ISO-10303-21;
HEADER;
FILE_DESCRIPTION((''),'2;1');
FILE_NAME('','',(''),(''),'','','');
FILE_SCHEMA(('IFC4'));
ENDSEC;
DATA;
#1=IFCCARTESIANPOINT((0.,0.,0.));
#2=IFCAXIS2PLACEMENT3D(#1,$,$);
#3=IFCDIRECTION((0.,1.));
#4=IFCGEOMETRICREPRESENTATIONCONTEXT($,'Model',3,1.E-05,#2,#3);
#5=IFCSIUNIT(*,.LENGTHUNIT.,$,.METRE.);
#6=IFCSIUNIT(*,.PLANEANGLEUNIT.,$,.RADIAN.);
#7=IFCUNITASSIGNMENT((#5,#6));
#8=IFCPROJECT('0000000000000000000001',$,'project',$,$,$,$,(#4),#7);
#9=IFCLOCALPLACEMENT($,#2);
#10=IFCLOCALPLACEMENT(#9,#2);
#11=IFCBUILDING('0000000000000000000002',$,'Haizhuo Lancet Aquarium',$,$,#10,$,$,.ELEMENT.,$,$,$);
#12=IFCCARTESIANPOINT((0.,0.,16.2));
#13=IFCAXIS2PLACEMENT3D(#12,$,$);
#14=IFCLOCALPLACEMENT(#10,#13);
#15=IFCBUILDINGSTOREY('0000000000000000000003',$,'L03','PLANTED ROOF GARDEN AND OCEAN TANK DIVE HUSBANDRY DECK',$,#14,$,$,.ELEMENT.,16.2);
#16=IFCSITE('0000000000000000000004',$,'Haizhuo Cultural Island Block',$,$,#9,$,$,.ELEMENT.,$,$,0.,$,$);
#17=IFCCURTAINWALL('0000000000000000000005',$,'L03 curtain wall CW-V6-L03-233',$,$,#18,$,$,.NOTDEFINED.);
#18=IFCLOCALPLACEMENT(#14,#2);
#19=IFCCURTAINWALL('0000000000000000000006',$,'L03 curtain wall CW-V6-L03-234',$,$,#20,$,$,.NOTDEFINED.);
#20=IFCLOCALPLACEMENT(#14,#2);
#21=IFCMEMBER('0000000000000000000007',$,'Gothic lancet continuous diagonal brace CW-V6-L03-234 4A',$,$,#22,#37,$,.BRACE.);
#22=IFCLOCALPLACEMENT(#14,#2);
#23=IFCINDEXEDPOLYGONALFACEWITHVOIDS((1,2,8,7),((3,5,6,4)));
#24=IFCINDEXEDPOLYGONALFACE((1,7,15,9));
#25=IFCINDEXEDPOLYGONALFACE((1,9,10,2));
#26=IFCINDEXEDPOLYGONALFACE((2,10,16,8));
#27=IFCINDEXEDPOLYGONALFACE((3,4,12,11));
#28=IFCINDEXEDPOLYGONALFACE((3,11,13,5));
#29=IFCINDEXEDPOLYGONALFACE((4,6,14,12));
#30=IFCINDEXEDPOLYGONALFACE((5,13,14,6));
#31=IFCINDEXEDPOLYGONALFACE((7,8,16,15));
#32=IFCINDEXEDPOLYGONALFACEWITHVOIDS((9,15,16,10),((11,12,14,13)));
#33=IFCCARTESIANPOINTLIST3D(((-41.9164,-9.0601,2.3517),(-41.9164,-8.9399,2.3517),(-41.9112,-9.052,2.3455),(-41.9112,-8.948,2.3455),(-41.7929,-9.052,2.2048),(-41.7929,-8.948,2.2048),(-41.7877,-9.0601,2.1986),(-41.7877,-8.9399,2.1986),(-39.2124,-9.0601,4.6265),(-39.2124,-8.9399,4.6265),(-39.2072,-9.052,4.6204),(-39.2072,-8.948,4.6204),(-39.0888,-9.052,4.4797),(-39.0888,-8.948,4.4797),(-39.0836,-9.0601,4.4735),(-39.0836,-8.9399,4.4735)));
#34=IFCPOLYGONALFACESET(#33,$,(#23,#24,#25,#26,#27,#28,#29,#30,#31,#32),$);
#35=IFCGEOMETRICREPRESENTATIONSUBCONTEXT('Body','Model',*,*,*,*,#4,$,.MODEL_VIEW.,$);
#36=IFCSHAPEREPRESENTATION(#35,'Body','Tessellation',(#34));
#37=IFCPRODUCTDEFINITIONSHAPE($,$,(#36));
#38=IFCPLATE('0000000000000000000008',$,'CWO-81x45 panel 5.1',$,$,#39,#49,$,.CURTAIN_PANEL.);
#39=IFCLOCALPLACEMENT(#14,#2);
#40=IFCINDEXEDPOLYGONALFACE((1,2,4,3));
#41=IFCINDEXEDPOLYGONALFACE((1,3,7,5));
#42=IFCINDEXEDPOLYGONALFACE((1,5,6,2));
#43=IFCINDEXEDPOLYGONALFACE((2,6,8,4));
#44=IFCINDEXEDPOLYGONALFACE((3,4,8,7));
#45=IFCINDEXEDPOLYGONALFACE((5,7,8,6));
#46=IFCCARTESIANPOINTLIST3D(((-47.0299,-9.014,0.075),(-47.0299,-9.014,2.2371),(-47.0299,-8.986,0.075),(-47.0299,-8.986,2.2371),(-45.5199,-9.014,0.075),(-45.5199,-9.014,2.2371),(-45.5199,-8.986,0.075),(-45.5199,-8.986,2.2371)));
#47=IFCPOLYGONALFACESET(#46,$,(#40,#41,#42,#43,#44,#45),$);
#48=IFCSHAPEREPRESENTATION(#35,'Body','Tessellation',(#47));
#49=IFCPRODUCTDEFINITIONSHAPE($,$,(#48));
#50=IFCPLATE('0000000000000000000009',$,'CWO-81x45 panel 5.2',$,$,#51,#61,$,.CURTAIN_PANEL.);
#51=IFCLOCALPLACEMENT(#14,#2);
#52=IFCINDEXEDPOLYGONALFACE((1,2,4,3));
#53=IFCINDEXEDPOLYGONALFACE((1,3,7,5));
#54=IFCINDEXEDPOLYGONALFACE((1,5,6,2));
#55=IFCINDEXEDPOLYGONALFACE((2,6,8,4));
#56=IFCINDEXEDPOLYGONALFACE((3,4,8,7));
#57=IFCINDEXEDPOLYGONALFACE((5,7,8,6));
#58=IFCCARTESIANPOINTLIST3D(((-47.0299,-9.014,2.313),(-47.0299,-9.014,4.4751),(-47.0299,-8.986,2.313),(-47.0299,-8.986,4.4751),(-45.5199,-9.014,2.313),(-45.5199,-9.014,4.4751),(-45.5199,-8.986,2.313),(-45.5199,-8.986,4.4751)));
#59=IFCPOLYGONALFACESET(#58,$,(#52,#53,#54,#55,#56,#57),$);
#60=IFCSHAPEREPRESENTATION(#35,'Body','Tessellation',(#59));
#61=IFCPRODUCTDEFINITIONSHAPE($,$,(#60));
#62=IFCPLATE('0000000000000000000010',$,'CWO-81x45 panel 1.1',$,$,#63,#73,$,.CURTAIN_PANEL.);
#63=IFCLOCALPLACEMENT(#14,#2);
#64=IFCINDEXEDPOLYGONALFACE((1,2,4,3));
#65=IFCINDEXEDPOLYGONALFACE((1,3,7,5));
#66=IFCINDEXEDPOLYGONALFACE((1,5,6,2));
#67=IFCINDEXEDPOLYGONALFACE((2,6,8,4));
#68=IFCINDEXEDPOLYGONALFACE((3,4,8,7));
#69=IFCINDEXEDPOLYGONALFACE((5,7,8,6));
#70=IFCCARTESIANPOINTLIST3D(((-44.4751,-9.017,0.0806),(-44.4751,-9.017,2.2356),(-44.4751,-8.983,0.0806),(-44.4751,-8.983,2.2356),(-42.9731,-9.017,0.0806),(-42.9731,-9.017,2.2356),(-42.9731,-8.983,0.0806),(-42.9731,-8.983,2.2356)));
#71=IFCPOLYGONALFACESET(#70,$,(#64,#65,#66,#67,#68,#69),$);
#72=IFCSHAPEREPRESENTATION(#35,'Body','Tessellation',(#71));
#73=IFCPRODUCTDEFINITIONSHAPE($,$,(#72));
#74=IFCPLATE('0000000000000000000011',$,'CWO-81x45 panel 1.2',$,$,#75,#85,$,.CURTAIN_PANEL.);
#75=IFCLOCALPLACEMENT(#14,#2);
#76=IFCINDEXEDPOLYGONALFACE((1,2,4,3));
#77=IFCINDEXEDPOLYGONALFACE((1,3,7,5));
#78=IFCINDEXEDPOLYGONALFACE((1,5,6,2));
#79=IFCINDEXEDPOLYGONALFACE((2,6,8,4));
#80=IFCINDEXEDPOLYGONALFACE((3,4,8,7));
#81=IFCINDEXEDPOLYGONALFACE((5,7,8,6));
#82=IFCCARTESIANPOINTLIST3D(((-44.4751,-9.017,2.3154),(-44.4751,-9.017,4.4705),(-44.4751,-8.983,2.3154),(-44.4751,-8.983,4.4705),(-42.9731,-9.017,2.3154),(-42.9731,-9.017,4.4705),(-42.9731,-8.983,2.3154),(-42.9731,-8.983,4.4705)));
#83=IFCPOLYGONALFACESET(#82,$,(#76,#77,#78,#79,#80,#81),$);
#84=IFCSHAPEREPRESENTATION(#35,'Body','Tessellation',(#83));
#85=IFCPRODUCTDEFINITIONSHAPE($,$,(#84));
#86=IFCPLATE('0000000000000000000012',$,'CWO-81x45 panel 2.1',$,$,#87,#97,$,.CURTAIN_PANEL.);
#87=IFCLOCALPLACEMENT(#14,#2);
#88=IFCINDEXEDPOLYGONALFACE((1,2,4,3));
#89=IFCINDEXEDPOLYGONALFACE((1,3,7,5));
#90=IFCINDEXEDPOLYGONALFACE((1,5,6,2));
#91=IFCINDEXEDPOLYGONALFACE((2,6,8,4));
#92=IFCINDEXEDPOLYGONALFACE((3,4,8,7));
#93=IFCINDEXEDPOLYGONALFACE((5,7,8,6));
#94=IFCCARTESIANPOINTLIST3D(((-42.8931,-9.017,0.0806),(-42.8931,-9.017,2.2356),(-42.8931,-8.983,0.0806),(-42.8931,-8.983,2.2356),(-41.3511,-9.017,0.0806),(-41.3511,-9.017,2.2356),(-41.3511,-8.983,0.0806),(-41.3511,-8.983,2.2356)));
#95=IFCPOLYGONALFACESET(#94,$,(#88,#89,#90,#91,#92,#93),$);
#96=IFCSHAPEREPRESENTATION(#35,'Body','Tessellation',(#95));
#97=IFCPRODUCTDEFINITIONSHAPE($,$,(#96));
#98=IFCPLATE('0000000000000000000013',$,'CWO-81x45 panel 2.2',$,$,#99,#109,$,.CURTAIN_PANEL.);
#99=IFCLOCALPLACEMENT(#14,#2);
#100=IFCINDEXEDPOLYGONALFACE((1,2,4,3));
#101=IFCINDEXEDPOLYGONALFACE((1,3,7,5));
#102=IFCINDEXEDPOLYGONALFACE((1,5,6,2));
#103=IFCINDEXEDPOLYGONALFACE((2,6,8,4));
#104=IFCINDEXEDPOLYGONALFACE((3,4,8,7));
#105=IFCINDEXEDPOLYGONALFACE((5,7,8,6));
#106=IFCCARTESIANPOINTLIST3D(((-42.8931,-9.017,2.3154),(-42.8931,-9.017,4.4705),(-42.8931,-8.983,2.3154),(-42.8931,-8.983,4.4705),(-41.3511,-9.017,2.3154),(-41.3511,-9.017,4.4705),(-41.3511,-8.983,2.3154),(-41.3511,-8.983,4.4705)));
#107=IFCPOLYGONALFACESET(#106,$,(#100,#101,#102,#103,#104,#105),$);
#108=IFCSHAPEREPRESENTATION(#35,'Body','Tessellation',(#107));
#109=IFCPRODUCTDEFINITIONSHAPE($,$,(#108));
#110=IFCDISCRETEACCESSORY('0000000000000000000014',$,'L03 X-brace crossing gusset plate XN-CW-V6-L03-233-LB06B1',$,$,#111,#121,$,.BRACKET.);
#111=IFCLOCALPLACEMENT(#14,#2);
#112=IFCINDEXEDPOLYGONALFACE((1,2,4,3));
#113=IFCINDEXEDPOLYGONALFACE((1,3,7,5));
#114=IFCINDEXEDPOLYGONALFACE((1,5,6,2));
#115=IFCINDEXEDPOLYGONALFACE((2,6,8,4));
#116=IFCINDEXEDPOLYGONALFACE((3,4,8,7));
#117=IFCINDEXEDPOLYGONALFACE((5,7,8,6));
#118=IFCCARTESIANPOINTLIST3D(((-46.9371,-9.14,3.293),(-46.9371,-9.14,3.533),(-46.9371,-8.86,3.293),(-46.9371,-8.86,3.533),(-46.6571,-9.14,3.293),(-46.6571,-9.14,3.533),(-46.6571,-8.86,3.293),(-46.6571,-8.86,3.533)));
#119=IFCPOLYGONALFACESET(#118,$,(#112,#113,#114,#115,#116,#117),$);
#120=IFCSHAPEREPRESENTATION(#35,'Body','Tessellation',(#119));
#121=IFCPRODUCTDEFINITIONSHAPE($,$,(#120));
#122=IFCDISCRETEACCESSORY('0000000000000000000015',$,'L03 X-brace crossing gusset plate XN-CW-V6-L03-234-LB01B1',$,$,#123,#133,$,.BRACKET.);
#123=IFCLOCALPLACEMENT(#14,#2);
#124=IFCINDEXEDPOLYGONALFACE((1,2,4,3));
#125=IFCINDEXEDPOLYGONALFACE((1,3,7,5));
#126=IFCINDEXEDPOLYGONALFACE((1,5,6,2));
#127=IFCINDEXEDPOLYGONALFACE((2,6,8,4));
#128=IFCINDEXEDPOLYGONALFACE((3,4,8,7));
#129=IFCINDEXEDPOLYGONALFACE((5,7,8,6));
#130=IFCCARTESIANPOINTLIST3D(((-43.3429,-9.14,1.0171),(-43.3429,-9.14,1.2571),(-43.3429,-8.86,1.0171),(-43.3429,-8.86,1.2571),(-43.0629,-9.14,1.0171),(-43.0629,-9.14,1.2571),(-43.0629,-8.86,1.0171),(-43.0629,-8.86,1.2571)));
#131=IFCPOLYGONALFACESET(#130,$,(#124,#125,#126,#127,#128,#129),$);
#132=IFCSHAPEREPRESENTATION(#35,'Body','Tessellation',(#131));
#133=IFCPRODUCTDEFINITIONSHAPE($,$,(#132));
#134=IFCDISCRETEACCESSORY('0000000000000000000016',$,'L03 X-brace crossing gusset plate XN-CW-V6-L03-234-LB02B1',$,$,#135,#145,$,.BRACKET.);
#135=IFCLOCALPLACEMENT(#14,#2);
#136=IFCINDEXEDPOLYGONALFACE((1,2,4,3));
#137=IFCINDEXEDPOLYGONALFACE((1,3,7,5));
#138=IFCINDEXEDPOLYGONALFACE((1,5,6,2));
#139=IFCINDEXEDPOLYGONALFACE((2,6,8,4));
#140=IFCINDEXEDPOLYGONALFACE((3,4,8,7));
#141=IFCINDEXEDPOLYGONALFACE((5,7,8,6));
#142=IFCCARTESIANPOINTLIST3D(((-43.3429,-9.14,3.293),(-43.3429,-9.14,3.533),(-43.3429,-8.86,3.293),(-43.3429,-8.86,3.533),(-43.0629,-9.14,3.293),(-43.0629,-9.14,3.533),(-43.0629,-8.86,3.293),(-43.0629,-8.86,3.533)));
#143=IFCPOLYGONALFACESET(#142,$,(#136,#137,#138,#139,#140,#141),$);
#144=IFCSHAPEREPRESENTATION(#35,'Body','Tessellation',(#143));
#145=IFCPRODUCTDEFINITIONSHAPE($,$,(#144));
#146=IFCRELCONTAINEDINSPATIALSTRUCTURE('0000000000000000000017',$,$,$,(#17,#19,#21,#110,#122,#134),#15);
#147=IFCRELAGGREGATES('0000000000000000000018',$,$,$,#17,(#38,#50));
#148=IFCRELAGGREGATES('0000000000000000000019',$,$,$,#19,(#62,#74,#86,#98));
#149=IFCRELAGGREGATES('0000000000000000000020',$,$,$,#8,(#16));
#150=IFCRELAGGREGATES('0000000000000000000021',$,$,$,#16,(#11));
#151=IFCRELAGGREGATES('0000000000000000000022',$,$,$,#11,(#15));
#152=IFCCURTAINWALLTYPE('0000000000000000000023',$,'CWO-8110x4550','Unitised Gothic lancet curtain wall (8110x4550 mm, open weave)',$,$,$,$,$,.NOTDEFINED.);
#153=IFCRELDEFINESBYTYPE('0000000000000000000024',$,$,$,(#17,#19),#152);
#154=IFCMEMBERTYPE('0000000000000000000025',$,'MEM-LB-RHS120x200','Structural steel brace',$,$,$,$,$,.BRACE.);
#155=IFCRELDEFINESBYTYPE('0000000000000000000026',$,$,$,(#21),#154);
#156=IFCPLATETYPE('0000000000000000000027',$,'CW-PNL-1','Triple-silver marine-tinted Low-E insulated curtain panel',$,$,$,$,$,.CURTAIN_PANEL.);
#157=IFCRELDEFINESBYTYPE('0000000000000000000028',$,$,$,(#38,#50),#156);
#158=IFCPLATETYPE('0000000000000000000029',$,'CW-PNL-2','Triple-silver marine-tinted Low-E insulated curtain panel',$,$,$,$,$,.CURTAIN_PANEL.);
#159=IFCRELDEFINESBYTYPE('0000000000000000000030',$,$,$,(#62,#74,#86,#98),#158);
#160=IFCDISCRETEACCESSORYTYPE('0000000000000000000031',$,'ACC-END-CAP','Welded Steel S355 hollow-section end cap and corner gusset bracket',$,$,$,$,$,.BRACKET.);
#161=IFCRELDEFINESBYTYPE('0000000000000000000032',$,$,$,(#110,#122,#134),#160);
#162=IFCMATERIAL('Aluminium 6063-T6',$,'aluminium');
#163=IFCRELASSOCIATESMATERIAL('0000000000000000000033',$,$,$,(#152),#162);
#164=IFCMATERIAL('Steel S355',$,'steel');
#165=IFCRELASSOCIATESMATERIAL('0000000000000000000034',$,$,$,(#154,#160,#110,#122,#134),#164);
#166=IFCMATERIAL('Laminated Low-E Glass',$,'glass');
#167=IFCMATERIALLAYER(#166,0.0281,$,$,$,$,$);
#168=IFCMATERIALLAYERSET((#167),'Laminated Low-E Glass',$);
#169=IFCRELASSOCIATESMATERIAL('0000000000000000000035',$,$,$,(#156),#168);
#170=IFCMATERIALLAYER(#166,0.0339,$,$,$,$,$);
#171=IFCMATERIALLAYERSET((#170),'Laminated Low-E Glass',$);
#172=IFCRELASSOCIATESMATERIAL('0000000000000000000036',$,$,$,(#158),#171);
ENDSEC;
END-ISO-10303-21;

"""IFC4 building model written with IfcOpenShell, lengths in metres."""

from ifc_helpers import new_model, si_unit, direction, frame, origin, origin_2d, place, context, subcontext, project, spatial, rectangle, hollow_rectangle, extrude, material, layer, layer_set, material_profile, profile_set, type_object, element, aggregate, save


model = new_model("IFC4")

# Units and contexts
model_context = context("Model", 3, precision=1e-05, world=origin(), true_north=direction((0.0, 1.0)))
body_context = subcontext(model_context, "Body", "Model", "MODEL_VIEW")
ifc_project = project(units=[si_unit("LENGTHUNIT", "METRE"), si_unit("PLANEANGLEUNIT", "RADIAN")], contexts=[model_context])

# Site, building, storey
site_placement = place(None, origin())
site = spatial("IfcSite", under=ifc_project, at=site_placement, Name="Haizhuo Cultural Island Block", CompositionType="ELEMENT", RefElevation=0.0)
building_placement = place(site_placement, origin())
building = spatial("IfcBuilding", under=site, at=building_placement, Name="Haizhuo Lancet Aquarium", CompositionType="ELEMENT")
storey_placement = place(building_placement, frame((0.0, 0.0, 16.2)))
storey = spatial("IfcBuildingStorey", under=building, at=storey_placement, Name="L03", Description="PLANTED ROOF GARDEN AND OCEAN TANK DIVE HUSBANDRY DECK", CompositionType="ELEMENT", Elevation=16.2)

# Shared definitions
ifc_material_1 = material(Name="Steel S355", Category="steel")

# Curtain wall
ifc_material_2 = material(Name="Aluminium 6063-T6", Category="aluminium")
curtain_wall_type = type_object("IfcCurtainWallType", Name="CWO-8110x4550", Description="Unitised Gothic lancet curtain wall (8110x4550 mm, open weave)", PredefinedType="NOTDEFINED", material=ifc_material_2)
curtain_wall_1_placement = place(storey_placement, origin())
curtain_wall_1 = element("IfcCurtainWall", 1, at=curtain_wall_1_placement, inside=storey, type_object=curtain_wall_type, Name="L03 curtain wall CW-V6-L03-233", PredefinedType="NOTDEFINED")

# Curtain wall
curtain_wall_2_placement = place(storey_placement, origin())
curtain_wall_2 = element("IfcCurtainWall", 2, at=curtain_wall_2_placement, inside=storey, type_object=curtain_wall_type, Name="L03 curtain wall CW-V6-L03-234", PredefinedType="NOTDEFINED")

# Member
ifc_material_profile_1 = material_profile(ifc_material_1, hollow_rectangle(XDim=0.1201, YDim=0.2, WallThickness=0.0081, at=origin_2d()), Name="RHS 120x200x8")
ifc_profile_set_1 = profile_set([ifc_material_profile_1], Name="Steel S355")
member_type_1 = type_object("IfcMemberType", Name="MEM-LB-RHS120x200", Description="Structural steel brace", PredefinedType="BRACE", material=ifc_profile_set_1)
member_1_placement = place(storey_placement, frame((-41.8521, -9.0, 2.2751), z_axis=(0.765223, 0.0, 0.643765), x_axis=(0.0, 1.0, 0.0)))
element("IfcMember", 3, at=member_1_placement, inside=storey, type_object=member_type_1, Name="Gothic lancet continuous diagonal brace CW-V6-L03-234 4A", PredefinedType="BRACE", context=body_context, shape_type="SweptSolid", body=[
    extrude(hollow_rectangle(XDim=0.1201, YDim=0.2, WallThickness=0.0081, at=origin_2d()), origin(), (0.0, 0.0, 1.0), 3.5337),
])

# Plates
ifc_material_3 = material(Name="Laminated Low-E Glass", Category="glass")
ifc_layer_1 = layer(ifc_material_3, 0.0281)
ifc_layer_set_1 = layer_set([ifc_layer_1], Name="Laminated Low-E Glass")
plate_type_1 = type_object("IfcPlateType", Name="CW-PNL-1", Description="Triple-silver marine-tinted Low-E insulated curtain panel", PredefinedType="CURTAIN_PANEL", material=ifc_layer_set_1)
plate_1_placement = place(storey_placement, frame((-46.2749, -9.0, 0.075), z_axis=(0.0, 0.0, 1.0), x_axis=(1.0, 0.0, 0.0)))
plate_1 = element("IfcPlate", 4, at=plate_1_placement, type_object=plate_type_1, Name="CWO-81x45 panel 5.1", PredefinedType="CURTAIN_PANEL", context=body_context, shape_type="SweptSolid", body=[
    extrude(rectangle(XDim=1.51, YDim=0.0281, at=origin_2d()), origin(), (0.0, 0.0, 1.0), 2.1621),
])
plate_2_placement = place(storey_placement, frame((-46.2749, -9.0, 2.313), z_axis=(0.0, 0.0, 1.0), x_axis=(1.0, 0.0, 0.0)))
plate_2 = element("IfcPlate", 5, at=plate_2_placement, type_object=plate_type_1, Name="CWO-81x45 panel 5.2", PredefinedType="CURTAIN_PANEL", context=body_context, shape_type="SweptSolid", body=[
    extrude(rectangle(XDim=1.51, YDim=0.0281, at=origin_2d()), origin(), (0.0, 0.0, 1.0), 2.1621),
])
aggregate(curtain_wall_1, [plate_1, plate_2])
ifc_layer_2 = layer(ifc_material_3, 0.0339)
ifc_layer_set_2 = layer_set([ifc_layer_2], Name="Laminated Low-E Glass")
plate_type_2 = type_object("IfcPlateType", Name="CW-PNL-2", Description="Triple-silver marine-tinted Low-E insulated curtain panel", PredefinedType="CURTAIN_PANEL", material=ifc_layer_set_2)
plate_3_placement = place(storey_placement, frame((-43.7241, -9.0, 0.0806), z_axis=(0.0, 0.0, 1.0), x_axis=(1.0, 0.0, 0.0)))
plate_3 = element("IfcPlate", 6, at=plate_3_placement, type_object=plate_type_2, Name="CWO-81x45 panel 1.1", PredefinedType="CURTAIN_PANEL", context=body_context, shape_type="SweptSolid", body=[
    extrude(rectangle(XDim=1.502, YDim=0.0339, at=origin_2d()), origin(), (0.0, 0.0, 1.0), 2.155),
])
plate_4_placement = place(storey_placement, frame((-43.7241, -9.0, 2.3154), z_axis=(0.0, 0.0, 1.0), x_axis=(1.0, 0.0, 0.0)))
plate_4 = element("IfcPlate", 7, at=plate_4_placement, type_object=plate_type_2, Name="CWO-81x45 panel 1.2", PredefinedType="CURTAIN_PANEL", context=body_context, shape_type="SweptSolid", body=[
    extrude(rectangle(XDim=1.502, YDim=0.0339, at=origin_2d()), origin(), (0.0, 0.0, 1.0), 2.155),
])
plate_5_placement = place(storey_placement, frame((-42.1221, -9.0, 0.0806), z_axis=(0.0, 0.0, 1.0), x_axis=(1.0, 0.0, 0.0)))
plate_5 = element("IfcPlate", 8, at=plate_5_placement, type_object=plate_type_2, Name="CWO-81x45 panel 2.1", PredefinedType="CURTAIN_PANEL", context=body_context, shape_type="SweptSolid", body=[
    extrude(rectangle(XDim=1.542, YDim=0.0339, at=origin_2d()), origin(), (0.0, 0.0, 1.0), 2.155),
])
plate_6_placement = place(storey_placement, frame((-42.1221, -9.0, 2.3154), z_axis=(0.0, 0.0, 1.0), x_axis=(1.0, 0.0, 0.0)))
plate_6 = element("IfcPlate", 9, at=plate_6_placement, type_object=plate_type_2, Name="CWO-81x45 panel 2.2", PredefinedType="CURTAIN_PANEL", context=body_context, shape_type="SweptSolid", body=[
    extrude(rectangle(XDim=1.542, YDim=0.0339, at=origin_2d()), origin(), (0.0, 0.0, 1.0), 2.155),
])
aggregate(curtain_wall_2, [plate_3, plate_4, plate_5, plate_6])

# Discrete accessories
discrete_accessory_type = type_object("IfcDiscreteAccessoryType", Name="ACC-END-CAP", Description="Welded Steel S355 hollow-section end cap and corner gusset bracket", PredefinedType="BRACKET", material=ifc_material_1)
for number, where, z_axis, x_axis, name in (
    (10, (-46.7971, -9.0, 3.293), (0.0, 0.0, 1.0), (1.0, 0.0, 0.0), "L03 X-brace crossing gusset plate XN-CW-V6-L03-233-LB06B1"),
    (11, (-43.2029, -9.0, 1.0171), (0.0, 0.0, 1.0), (1.0, 0.0, 0.0), "L03 X-brace crossing gusset plate XN-CW-V6-L03-234-LB01B1"),
    (12, (-43.2029, -9.0, 3.293), (0.0, 0.0, 1.0), (1.0, 0.0, 0.0), "L03 X-brace crossing gusset plate XN-CW-V6-L03-234-LB02B1"),
):
    element("IfcDiscreteAccessory", number, at=place(storey_placement, frame(where, z_axis=z_axis, x_axis=x_axis)), inside=storey, type_object=discrete_accessory_type, material=ifc_material_1, Name=name, PredefinedType="BRACKET", context=body_context, shape_type="SweptSolid", body=[
        extrude(rectangle(XDim=0.28, YDim=0.28, at=origin_2d()), origin(), (0.0, 0.0, 1.0), 0.24),
    ])

save(model, "model.ifc")
